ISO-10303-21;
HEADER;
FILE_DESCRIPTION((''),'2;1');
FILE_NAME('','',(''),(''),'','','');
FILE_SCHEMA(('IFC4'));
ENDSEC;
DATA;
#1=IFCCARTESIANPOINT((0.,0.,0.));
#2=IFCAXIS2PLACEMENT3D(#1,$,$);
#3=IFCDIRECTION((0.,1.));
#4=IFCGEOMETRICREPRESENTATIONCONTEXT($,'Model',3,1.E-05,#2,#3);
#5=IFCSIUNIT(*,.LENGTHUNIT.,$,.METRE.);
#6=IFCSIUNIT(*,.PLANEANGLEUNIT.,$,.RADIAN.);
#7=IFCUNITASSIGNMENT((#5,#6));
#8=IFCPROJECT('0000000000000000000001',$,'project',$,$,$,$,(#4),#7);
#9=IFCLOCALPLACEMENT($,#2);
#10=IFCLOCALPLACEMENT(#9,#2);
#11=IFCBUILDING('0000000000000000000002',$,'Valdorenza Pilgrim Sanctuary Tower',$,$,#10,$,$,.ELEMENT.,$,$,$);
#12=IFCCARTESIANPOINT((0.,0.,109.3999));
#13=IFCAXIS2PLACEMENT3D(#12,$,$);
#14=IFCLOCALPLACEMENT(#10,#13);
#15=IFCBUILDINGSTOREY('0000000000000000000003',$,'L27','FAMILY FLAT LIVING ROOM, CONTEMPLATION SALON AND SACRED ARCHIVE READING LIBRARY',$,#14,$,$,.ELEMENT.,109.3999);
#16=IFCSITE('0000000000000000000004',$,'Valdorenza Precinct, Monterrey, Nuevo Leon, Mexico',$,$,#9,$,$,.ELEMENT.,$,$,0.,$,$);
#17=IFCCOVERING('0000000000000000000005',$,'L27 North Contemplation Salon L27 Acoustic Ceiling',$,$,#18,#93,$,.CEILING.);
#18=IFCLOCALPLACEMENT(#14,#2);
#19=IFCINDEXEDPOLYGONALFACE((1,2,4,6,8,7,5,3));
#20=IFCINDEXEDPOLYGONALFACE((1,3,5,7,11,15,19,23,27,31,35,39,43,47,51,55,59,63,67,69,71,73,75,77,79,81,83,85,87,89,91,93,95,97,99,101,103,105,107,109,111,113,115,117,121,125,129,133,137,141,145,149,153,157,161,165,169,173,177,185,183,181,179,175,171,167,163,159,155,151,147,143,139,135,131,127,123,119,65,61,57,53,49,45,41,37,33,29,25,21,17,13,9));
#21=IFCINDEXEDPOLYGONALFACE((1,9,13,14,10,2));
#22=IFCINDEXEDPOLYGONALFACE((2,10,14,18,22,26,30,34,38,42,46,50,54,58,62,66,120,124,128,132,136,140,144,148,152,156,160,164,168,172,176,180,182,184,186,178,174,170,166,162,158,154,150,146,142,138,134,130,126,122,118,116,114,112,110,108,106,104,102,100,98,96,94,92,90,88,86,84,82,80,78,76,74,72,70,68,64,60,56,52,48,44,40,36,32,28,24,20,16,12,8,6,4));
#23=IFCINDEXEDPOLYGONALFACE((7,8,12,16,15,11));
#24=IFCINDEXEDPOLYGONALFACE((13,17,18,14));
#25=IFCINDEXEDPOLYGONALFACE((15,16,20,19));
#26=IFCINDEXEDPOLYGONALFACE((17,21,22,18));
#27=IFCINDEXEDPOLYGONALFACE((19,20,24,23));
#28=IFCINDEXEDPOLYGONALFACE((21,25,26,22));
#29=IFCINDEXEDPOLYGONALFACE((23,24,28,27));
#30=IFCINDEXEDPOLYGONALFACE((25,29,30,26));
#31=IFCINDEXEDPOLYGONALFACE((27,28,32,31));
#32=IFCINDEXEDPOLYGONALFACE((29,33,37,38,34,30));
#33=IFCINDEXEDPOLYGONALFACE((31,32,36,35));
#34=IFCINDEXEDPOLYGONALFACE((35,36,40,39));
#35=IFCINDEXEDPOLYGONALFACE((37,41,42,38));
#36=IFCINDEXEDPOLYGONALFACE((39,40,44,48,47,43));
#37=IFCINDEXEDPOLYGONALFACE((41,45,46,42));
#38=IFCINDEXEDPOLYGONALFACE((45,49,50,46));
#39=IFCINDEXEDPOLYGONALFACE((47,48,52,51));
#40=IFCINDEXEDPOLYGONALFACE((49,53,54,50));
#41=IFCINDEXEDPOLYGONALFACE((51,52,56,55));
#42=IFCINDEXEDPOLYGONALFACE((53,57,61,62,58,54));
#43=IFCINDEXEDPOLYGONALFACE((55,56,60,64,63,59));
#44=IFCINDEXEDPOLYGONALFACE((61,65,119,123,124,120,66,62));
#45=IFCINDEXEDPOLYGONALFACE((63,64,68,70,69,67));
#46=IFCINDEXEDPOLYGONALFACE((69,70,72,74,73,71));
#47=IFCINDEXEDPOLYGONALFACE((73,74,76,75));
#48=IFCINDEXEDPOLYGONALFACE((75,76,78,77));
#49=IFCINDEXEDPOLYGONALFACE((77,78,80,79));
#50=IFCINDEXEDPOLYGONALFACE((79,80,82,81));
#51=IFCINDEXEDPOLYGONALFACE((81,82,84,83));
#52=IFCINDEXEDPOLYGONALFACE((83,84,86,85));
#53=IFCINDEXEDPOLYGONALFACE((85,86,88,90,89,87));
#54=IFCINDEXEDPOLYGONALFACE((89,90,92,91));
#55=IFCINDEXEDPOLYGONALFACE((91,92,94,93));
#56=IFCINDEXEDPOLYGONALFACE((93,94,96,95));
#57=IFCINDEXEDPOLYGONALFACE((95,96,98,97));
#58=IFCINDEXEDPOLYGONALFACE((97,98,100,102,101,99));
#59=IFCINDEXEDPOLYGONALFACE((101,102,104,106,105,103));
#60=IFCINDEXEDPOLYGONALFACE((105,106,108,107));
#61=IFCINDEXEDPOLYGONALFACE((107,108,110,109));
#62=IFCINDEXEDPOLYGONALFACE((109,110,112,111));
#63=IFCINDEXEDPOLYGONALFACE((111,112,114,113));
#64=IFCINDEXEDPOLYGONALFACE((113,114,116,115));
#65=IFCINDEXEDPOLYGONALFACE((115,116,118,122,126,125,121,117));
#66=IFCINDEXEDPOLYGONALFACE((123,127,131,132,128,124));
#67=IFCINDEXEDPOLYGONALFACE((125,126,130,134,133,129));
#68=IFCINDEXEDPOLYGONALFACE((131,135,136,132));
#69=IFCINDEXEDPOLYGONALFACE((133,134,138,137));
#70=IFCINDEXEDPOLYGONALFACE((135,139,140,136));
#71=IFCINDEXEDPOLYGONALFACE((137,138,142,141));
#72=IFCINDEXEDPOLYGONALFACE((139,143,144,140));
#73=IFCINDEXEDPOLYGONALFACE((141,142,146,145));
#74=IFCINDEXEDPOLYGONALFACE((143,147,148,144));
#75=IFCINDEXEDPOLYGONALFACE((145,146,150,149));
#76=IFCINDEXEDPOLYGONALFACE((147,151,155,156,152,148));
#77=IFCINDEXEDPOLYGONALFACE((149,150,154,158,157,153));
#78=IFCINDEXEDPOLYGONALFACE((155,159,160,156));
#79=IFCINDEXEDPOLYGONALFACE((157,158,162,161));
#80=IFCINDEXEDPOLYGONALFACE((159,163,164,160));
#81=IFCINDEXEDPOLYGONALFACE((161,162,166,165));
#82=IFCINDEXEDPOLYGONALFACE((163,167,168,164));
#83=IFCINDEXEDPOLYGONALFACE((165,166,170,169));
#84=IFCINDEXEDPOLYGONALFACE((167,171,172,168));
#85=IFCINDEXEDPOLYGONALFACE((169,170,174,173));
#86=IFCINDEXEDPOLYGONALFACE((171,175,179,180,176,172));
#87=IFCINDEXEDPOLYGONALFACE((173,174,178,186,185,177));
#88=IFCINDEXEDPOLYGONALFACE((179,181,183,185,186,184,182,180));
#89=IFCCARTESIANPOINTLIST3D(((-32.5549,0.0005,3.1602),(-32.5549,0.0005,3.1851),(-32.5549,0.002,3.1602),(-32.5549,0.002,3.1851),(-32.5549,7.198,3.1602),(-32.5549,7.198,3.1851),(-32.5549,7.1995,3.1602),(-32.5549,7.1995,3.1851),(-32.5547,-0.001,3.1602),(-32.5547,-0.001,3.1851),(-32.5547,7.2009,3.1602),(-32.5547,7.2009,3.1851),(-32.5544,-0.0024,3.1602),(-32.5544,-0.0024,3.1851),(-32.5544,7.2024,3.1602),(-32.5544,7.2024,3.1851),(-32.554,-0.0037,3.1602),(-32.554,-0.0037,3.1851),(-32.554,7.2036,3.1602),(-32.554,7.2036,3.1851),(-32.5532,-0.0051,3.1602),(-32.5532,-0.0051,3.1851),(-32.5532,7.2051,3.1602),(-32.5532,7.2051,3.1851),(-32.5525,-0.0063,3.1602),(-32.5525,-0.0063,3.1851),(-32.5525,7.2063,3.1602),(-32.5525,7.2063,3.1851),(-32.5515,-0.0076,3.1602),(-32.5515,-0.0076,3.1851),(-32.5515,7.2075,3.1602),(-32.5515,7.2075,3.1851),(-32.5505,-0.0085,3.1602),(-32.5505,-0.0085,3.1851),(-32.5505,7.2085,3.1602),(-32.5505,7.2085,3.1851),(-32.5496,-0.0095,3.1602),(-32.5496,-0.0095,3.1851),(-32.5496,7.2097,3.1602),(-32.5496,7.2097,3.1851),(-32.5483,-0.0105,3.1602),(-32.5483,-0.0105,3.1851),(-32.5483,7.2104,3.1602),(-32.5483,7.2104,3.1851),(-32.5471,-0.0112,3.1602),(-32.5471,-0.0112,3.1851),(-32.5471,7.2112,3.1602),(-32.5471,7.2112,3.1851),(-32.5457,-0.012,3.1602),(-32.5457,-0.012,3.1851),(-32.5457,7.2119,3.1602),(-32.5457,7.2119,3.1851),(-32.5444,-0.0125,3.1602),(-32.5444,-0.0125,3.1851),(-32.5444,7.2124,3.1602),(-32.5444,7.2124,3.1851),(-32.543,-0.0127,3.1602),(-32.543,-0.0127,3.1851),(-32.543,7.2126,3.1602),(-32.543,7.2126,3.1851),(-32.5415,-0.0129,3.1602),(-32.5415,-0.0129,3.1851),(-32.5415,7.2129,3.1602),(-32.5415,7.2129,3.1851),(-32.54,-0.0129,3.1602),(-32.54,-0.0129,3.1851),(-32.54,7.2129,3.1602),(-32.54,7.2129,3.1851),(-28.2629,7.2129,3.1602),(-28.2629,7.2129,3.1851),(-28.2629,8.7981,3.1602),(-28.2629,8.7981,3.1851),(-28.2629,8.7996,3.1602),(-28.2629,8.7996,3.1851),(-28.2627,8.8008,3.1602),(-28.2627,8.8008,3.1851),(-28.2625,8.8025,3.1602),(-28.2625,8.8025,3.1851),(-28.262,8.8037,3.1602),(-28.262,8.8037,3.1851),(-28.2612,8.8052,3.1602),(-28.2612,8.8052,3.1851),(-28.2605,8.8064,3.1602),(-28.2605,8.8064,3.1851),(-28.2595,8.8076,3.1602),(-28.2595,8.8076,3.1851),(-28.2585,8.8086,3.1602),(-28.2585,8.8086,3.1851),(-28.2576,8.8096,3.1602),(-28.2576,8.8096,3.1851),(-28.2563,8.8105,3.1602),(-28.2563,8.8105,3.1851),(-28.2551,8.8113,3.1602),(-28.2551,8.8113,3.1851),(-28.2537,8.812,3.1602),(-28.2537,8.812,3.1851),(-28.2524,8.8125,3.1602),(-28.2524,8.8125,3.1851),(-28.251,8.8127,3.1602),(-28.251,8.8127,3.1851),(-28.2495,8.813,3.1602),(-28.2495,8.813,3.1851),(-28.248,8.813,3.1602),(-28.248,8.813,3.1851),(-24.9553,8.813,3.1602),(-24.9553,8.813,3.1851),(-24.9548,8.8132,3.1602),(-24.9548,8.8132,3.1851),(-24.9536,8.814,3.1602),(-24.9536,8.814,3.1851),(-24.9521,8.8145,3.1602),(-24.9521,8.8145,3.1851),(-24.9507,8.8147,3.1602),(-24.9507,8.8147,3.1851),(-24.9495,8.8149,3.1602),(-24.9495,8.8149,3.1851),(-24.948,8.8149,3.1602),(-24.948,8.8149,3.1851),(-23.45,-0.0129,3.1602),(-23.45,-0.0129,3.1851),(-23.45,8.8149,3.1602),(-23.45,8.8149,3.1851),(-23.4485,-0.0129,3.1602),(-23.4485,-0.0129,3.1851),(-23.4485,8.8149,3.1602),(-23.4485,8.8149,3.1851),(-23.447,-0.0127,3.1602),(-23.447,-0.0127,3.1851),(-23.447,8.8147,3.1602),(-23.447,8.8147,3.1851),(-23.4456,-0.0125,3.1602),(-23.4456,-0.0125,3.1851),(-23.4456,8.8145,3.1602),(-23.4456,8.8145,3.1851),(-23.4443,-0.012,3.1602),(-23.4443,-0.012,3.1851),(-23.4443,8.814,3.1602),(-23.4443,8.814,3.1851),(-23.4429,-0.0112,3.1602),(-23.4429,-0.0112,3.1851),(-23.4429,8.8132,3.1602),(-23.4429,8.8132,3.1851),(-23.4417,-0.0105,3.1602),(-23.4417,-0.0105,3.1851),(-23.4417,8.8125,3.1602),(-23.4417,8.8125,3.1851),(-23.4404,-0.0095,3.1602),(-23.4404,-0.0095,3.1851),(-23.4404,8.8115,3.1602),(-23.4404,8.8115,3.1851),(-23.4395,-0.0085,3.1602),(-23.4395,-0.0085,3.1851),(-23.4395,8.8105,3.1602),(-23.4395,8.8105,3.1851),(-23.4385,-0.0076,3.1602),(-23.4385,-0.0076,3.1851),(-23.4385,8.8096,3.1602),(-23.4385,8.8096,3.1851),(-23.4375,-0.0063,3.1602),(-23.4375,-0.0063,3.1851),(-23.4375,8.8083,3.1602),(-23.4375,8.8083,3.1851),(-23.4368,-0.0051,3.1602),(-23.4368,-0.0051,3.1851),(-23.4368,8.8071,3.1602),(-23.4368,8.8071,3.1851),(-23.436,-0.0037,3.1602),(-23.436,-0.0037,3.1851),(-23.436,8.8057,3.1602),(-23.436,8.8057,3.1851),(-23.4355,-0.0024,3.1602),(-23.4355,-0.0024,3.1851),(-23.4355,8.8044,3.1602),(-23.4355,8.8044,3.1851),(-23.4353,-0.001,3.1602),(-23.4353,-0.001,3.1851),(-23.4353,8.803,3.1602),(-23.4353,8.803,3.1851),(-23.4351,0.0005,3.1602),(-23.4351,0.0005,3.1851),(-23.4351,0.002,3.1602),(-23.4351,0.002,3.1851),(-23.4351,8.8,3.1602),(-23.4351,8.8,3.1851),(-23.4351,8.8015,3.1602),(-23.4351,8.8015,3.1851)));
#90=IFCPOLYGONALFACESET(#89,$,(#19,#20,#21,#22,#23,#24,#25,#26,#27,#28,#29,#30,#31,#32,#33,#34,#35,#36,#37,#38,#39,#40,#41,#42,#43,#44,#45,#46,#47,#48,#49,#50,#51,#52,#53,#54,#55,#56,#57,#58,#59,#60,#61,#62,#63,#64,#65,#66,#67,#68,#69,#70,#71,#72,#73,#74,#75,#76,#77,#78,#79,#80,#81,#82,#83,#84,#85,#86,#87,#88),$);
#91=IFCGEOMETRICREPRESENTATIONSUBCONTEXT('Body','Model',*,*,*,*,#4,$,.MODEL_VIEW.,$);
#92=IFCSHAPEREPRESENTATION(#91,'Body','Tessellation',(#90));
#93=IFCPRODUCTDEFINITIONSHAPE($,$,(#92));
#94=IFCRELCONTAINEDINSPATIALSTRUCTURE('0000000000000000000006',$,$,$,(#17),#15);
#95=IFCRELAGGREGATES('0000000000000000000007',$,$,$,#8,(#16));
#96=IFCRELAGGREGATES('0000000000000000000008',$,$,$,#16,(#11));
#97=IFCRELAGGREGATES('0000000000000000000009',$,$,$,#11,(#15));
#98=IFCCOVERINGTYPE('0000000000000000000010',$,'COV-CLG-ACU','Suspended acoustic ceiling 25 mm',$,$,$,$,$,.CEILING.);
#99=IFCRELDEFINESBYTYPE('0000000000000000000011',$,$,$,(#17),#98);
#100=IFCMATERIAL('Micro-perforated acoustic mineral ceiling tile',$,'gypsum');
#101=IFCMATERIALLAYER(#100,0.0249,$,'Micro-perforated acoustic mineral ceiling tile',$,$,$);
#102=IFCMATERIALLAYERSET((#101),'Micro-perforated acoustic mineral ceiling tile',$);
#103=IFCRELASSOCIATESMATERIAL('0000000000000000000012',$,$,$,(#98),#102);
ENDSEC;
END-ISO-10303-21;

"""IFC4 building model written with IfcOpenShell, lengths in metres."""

from ifc_helpers import new_model, si_unit, direction, frame, origin, place, context, subcontext, project, spatial, polyline, outline, extrude, material, layer, layer_set, type_object, element, save


model = new_model("IFC4")

# Units and contexts
model_context = context("Model", 3, precision=1e-05, world=origin(), true_north=direction((0.0, 1.0)))
body_context = subcontext(model_context, "Body", "Model", "MODEL_VIEW")
ifc_project = project(units=[si_unit("LENGTHUNIT", "METRE"), si_unit("PLANEANGLEUNIT", "RADIAN")], contexts=[model_context])

# Site, building, storey
site_placement = place(None, origin())
site = spatial("IfcSite", under=ifc_project, at=site_placement, Name="Valdorenza Precinct, Monterrey, Nuevo Leon, Mexico", CompositionType="ELEMENT", RefElevation=0.0)
building_placement = place(site_placement, origin())
building = spatial("IfcBuilding", under=site, at=building_placement, Name="Valdorenza Pilgrim Sanctuary Tower", CompositionType="ELEMENT")
storey_placement = place(building_placement, frame((0.0, 0.0, 109.3999)))
storey = spatial("IfcBuildingStorey", under=building, at=storey_placement, Name="L27", Description="FAMILY FLAT LIVING ROOM, CONTEMPLATION SALON AND SACRED ARCHIVE READING LIBRARY", CompositionType="ELEMENT", Elevation=109.3999)

# Covering
ifc_material_1 = material(Name="Micro-perforated acoustic mineral ceiling tile", Category="gypsum")
ifc_layer_1 = layer(ifc_material_1, 0.0249, Name="Micro-perforated acoustic mineral ceiling tile")
ifc_layer_set_1 = layer_set([ifc_layer_1], Name="Micro-perforated acoustic mineral ceiling tile")
covering_type_1 = type_object("IfcCoveringType", Name="COV-CLG-ACU", Description="Suspended acoustic ceiling 25 mm", PredefinedType="CEILING", material=ifc_layer_set_1)
covering_1_placement = place(storey_placement, frame((0.0, 0.0, 3.1602)))
element("IfcCovering", 1, at=covering_1_placement, inside=storey, type_object=covering_type_1, Name="L27 North Contemplation Salon L27 Acoustic Ceiling", PredefinedType="CEILING", context=body_context, shape_type="SweptSolid", body=[
    extrude(outline(polyline([(-28.2629, 7.2129), (-28.2629, 8.7981), (-28.2629, 8.7996), (-28.2627, 8.8008), (-28.2625, 8.8025), (-28.262, 8.8037), (-28.2612, 8.8052), (-28.2605, 8.8064), (-28.2595, 8.8076), (-28.2585, 8.8086), (-28.2576, 8.8096), (-28.2563, 8.8105), (-28.2551, 8.8113), (-28.2537, 8.812), (-28.2524, 8.8125), (-28.251, 8.8127), (-28.2495, 8.813), (-28.248, 8.813), (-24.9553, 8.813), (-24.9548, 8.8132), (-24.9536, 8.814), (-24.9521, 8.8145), (-24.9507, 8.8147), (-24.9495, 8.8149), (-24.948, 8.8149), (-23.45, 8.8149), (-23.4485, 8.8149), (-23.447, 8.8147), (-23.4456, 8.8145), (-23.4443, 8.814), (-23.4429, 8.8132), (-23.4417, 8.8125), (-23.4404, 8.8115), (-23.4395, 8.8105), (-23.4385, 8.8096), (-23.4375, 8.8083), (-23.4368, 8.8071), (-23.436, 8.8057), (-23.4355, 8.8044), (-23.4353, 8.803), (-23.4351, 8.8015), (-23.4351, 8.8), (-23.4351, 0.002), (-23.4351, 0.0005), (-23.4353, -0.001), (-23.4355, -0.0024), (-23.436, -0.0037), (-23.4368, -0.0051), (-23.4375, -0.0063), (-23.4385, -0.0076), (-23.4395, -0.0085), (-23.4404, -0.0095), (-23.4417, -0.0105), (-23.4429, -0.0112), (-23.4443, -0.012), (-23.4456, -0.0125), (-23.447, -0.0127), (-23.4485, -0.0129), (-23.45, -0.0129), (-32.54, -0.0129), (-32.5415, -0.0129), (-32.543, -0.0127), (-32.5444, -0.0125), (-32.5457, -0.012), (-32.5471, -0.0112), (-32.5483, -0.0105), (-32.5496, -0.0095), (-32.5505, -0.0085), (-32.5515, -0.0076), (-32.5525, -0.0063), (-32.5532, -0.0051), (-32.554, -0.0037), (-32.5544, -0.0024), (-32.5547, -0.001), (-32.5549, 0.0005), (-32.5549, 0.002), (-32.5549, 7.198), (-32.5549, 7.1995), (-32.5547, 7.2009), (-32.5544, 7.2024), (-32.554, 7.2036), (-32.5532, 7.2051), (-32.5525, 7.2063), (-32.5515, 7.2075), (-32.5505, 7.2085), (-32.5496, 7.2097), (-32.5483, 7.2104), (-32.5471, 7.2112), (-32.5457, 7.2119), (-32.5444, 7.2124), (-32.543, 7.2126), (-32.5415, 7.2129), (-32.54, 7.2129), (-28.2629, 7.2129)])), origin(), (0.0, 0.0, 1.0), 0.0249),
])

save(model, "model.ifc")
